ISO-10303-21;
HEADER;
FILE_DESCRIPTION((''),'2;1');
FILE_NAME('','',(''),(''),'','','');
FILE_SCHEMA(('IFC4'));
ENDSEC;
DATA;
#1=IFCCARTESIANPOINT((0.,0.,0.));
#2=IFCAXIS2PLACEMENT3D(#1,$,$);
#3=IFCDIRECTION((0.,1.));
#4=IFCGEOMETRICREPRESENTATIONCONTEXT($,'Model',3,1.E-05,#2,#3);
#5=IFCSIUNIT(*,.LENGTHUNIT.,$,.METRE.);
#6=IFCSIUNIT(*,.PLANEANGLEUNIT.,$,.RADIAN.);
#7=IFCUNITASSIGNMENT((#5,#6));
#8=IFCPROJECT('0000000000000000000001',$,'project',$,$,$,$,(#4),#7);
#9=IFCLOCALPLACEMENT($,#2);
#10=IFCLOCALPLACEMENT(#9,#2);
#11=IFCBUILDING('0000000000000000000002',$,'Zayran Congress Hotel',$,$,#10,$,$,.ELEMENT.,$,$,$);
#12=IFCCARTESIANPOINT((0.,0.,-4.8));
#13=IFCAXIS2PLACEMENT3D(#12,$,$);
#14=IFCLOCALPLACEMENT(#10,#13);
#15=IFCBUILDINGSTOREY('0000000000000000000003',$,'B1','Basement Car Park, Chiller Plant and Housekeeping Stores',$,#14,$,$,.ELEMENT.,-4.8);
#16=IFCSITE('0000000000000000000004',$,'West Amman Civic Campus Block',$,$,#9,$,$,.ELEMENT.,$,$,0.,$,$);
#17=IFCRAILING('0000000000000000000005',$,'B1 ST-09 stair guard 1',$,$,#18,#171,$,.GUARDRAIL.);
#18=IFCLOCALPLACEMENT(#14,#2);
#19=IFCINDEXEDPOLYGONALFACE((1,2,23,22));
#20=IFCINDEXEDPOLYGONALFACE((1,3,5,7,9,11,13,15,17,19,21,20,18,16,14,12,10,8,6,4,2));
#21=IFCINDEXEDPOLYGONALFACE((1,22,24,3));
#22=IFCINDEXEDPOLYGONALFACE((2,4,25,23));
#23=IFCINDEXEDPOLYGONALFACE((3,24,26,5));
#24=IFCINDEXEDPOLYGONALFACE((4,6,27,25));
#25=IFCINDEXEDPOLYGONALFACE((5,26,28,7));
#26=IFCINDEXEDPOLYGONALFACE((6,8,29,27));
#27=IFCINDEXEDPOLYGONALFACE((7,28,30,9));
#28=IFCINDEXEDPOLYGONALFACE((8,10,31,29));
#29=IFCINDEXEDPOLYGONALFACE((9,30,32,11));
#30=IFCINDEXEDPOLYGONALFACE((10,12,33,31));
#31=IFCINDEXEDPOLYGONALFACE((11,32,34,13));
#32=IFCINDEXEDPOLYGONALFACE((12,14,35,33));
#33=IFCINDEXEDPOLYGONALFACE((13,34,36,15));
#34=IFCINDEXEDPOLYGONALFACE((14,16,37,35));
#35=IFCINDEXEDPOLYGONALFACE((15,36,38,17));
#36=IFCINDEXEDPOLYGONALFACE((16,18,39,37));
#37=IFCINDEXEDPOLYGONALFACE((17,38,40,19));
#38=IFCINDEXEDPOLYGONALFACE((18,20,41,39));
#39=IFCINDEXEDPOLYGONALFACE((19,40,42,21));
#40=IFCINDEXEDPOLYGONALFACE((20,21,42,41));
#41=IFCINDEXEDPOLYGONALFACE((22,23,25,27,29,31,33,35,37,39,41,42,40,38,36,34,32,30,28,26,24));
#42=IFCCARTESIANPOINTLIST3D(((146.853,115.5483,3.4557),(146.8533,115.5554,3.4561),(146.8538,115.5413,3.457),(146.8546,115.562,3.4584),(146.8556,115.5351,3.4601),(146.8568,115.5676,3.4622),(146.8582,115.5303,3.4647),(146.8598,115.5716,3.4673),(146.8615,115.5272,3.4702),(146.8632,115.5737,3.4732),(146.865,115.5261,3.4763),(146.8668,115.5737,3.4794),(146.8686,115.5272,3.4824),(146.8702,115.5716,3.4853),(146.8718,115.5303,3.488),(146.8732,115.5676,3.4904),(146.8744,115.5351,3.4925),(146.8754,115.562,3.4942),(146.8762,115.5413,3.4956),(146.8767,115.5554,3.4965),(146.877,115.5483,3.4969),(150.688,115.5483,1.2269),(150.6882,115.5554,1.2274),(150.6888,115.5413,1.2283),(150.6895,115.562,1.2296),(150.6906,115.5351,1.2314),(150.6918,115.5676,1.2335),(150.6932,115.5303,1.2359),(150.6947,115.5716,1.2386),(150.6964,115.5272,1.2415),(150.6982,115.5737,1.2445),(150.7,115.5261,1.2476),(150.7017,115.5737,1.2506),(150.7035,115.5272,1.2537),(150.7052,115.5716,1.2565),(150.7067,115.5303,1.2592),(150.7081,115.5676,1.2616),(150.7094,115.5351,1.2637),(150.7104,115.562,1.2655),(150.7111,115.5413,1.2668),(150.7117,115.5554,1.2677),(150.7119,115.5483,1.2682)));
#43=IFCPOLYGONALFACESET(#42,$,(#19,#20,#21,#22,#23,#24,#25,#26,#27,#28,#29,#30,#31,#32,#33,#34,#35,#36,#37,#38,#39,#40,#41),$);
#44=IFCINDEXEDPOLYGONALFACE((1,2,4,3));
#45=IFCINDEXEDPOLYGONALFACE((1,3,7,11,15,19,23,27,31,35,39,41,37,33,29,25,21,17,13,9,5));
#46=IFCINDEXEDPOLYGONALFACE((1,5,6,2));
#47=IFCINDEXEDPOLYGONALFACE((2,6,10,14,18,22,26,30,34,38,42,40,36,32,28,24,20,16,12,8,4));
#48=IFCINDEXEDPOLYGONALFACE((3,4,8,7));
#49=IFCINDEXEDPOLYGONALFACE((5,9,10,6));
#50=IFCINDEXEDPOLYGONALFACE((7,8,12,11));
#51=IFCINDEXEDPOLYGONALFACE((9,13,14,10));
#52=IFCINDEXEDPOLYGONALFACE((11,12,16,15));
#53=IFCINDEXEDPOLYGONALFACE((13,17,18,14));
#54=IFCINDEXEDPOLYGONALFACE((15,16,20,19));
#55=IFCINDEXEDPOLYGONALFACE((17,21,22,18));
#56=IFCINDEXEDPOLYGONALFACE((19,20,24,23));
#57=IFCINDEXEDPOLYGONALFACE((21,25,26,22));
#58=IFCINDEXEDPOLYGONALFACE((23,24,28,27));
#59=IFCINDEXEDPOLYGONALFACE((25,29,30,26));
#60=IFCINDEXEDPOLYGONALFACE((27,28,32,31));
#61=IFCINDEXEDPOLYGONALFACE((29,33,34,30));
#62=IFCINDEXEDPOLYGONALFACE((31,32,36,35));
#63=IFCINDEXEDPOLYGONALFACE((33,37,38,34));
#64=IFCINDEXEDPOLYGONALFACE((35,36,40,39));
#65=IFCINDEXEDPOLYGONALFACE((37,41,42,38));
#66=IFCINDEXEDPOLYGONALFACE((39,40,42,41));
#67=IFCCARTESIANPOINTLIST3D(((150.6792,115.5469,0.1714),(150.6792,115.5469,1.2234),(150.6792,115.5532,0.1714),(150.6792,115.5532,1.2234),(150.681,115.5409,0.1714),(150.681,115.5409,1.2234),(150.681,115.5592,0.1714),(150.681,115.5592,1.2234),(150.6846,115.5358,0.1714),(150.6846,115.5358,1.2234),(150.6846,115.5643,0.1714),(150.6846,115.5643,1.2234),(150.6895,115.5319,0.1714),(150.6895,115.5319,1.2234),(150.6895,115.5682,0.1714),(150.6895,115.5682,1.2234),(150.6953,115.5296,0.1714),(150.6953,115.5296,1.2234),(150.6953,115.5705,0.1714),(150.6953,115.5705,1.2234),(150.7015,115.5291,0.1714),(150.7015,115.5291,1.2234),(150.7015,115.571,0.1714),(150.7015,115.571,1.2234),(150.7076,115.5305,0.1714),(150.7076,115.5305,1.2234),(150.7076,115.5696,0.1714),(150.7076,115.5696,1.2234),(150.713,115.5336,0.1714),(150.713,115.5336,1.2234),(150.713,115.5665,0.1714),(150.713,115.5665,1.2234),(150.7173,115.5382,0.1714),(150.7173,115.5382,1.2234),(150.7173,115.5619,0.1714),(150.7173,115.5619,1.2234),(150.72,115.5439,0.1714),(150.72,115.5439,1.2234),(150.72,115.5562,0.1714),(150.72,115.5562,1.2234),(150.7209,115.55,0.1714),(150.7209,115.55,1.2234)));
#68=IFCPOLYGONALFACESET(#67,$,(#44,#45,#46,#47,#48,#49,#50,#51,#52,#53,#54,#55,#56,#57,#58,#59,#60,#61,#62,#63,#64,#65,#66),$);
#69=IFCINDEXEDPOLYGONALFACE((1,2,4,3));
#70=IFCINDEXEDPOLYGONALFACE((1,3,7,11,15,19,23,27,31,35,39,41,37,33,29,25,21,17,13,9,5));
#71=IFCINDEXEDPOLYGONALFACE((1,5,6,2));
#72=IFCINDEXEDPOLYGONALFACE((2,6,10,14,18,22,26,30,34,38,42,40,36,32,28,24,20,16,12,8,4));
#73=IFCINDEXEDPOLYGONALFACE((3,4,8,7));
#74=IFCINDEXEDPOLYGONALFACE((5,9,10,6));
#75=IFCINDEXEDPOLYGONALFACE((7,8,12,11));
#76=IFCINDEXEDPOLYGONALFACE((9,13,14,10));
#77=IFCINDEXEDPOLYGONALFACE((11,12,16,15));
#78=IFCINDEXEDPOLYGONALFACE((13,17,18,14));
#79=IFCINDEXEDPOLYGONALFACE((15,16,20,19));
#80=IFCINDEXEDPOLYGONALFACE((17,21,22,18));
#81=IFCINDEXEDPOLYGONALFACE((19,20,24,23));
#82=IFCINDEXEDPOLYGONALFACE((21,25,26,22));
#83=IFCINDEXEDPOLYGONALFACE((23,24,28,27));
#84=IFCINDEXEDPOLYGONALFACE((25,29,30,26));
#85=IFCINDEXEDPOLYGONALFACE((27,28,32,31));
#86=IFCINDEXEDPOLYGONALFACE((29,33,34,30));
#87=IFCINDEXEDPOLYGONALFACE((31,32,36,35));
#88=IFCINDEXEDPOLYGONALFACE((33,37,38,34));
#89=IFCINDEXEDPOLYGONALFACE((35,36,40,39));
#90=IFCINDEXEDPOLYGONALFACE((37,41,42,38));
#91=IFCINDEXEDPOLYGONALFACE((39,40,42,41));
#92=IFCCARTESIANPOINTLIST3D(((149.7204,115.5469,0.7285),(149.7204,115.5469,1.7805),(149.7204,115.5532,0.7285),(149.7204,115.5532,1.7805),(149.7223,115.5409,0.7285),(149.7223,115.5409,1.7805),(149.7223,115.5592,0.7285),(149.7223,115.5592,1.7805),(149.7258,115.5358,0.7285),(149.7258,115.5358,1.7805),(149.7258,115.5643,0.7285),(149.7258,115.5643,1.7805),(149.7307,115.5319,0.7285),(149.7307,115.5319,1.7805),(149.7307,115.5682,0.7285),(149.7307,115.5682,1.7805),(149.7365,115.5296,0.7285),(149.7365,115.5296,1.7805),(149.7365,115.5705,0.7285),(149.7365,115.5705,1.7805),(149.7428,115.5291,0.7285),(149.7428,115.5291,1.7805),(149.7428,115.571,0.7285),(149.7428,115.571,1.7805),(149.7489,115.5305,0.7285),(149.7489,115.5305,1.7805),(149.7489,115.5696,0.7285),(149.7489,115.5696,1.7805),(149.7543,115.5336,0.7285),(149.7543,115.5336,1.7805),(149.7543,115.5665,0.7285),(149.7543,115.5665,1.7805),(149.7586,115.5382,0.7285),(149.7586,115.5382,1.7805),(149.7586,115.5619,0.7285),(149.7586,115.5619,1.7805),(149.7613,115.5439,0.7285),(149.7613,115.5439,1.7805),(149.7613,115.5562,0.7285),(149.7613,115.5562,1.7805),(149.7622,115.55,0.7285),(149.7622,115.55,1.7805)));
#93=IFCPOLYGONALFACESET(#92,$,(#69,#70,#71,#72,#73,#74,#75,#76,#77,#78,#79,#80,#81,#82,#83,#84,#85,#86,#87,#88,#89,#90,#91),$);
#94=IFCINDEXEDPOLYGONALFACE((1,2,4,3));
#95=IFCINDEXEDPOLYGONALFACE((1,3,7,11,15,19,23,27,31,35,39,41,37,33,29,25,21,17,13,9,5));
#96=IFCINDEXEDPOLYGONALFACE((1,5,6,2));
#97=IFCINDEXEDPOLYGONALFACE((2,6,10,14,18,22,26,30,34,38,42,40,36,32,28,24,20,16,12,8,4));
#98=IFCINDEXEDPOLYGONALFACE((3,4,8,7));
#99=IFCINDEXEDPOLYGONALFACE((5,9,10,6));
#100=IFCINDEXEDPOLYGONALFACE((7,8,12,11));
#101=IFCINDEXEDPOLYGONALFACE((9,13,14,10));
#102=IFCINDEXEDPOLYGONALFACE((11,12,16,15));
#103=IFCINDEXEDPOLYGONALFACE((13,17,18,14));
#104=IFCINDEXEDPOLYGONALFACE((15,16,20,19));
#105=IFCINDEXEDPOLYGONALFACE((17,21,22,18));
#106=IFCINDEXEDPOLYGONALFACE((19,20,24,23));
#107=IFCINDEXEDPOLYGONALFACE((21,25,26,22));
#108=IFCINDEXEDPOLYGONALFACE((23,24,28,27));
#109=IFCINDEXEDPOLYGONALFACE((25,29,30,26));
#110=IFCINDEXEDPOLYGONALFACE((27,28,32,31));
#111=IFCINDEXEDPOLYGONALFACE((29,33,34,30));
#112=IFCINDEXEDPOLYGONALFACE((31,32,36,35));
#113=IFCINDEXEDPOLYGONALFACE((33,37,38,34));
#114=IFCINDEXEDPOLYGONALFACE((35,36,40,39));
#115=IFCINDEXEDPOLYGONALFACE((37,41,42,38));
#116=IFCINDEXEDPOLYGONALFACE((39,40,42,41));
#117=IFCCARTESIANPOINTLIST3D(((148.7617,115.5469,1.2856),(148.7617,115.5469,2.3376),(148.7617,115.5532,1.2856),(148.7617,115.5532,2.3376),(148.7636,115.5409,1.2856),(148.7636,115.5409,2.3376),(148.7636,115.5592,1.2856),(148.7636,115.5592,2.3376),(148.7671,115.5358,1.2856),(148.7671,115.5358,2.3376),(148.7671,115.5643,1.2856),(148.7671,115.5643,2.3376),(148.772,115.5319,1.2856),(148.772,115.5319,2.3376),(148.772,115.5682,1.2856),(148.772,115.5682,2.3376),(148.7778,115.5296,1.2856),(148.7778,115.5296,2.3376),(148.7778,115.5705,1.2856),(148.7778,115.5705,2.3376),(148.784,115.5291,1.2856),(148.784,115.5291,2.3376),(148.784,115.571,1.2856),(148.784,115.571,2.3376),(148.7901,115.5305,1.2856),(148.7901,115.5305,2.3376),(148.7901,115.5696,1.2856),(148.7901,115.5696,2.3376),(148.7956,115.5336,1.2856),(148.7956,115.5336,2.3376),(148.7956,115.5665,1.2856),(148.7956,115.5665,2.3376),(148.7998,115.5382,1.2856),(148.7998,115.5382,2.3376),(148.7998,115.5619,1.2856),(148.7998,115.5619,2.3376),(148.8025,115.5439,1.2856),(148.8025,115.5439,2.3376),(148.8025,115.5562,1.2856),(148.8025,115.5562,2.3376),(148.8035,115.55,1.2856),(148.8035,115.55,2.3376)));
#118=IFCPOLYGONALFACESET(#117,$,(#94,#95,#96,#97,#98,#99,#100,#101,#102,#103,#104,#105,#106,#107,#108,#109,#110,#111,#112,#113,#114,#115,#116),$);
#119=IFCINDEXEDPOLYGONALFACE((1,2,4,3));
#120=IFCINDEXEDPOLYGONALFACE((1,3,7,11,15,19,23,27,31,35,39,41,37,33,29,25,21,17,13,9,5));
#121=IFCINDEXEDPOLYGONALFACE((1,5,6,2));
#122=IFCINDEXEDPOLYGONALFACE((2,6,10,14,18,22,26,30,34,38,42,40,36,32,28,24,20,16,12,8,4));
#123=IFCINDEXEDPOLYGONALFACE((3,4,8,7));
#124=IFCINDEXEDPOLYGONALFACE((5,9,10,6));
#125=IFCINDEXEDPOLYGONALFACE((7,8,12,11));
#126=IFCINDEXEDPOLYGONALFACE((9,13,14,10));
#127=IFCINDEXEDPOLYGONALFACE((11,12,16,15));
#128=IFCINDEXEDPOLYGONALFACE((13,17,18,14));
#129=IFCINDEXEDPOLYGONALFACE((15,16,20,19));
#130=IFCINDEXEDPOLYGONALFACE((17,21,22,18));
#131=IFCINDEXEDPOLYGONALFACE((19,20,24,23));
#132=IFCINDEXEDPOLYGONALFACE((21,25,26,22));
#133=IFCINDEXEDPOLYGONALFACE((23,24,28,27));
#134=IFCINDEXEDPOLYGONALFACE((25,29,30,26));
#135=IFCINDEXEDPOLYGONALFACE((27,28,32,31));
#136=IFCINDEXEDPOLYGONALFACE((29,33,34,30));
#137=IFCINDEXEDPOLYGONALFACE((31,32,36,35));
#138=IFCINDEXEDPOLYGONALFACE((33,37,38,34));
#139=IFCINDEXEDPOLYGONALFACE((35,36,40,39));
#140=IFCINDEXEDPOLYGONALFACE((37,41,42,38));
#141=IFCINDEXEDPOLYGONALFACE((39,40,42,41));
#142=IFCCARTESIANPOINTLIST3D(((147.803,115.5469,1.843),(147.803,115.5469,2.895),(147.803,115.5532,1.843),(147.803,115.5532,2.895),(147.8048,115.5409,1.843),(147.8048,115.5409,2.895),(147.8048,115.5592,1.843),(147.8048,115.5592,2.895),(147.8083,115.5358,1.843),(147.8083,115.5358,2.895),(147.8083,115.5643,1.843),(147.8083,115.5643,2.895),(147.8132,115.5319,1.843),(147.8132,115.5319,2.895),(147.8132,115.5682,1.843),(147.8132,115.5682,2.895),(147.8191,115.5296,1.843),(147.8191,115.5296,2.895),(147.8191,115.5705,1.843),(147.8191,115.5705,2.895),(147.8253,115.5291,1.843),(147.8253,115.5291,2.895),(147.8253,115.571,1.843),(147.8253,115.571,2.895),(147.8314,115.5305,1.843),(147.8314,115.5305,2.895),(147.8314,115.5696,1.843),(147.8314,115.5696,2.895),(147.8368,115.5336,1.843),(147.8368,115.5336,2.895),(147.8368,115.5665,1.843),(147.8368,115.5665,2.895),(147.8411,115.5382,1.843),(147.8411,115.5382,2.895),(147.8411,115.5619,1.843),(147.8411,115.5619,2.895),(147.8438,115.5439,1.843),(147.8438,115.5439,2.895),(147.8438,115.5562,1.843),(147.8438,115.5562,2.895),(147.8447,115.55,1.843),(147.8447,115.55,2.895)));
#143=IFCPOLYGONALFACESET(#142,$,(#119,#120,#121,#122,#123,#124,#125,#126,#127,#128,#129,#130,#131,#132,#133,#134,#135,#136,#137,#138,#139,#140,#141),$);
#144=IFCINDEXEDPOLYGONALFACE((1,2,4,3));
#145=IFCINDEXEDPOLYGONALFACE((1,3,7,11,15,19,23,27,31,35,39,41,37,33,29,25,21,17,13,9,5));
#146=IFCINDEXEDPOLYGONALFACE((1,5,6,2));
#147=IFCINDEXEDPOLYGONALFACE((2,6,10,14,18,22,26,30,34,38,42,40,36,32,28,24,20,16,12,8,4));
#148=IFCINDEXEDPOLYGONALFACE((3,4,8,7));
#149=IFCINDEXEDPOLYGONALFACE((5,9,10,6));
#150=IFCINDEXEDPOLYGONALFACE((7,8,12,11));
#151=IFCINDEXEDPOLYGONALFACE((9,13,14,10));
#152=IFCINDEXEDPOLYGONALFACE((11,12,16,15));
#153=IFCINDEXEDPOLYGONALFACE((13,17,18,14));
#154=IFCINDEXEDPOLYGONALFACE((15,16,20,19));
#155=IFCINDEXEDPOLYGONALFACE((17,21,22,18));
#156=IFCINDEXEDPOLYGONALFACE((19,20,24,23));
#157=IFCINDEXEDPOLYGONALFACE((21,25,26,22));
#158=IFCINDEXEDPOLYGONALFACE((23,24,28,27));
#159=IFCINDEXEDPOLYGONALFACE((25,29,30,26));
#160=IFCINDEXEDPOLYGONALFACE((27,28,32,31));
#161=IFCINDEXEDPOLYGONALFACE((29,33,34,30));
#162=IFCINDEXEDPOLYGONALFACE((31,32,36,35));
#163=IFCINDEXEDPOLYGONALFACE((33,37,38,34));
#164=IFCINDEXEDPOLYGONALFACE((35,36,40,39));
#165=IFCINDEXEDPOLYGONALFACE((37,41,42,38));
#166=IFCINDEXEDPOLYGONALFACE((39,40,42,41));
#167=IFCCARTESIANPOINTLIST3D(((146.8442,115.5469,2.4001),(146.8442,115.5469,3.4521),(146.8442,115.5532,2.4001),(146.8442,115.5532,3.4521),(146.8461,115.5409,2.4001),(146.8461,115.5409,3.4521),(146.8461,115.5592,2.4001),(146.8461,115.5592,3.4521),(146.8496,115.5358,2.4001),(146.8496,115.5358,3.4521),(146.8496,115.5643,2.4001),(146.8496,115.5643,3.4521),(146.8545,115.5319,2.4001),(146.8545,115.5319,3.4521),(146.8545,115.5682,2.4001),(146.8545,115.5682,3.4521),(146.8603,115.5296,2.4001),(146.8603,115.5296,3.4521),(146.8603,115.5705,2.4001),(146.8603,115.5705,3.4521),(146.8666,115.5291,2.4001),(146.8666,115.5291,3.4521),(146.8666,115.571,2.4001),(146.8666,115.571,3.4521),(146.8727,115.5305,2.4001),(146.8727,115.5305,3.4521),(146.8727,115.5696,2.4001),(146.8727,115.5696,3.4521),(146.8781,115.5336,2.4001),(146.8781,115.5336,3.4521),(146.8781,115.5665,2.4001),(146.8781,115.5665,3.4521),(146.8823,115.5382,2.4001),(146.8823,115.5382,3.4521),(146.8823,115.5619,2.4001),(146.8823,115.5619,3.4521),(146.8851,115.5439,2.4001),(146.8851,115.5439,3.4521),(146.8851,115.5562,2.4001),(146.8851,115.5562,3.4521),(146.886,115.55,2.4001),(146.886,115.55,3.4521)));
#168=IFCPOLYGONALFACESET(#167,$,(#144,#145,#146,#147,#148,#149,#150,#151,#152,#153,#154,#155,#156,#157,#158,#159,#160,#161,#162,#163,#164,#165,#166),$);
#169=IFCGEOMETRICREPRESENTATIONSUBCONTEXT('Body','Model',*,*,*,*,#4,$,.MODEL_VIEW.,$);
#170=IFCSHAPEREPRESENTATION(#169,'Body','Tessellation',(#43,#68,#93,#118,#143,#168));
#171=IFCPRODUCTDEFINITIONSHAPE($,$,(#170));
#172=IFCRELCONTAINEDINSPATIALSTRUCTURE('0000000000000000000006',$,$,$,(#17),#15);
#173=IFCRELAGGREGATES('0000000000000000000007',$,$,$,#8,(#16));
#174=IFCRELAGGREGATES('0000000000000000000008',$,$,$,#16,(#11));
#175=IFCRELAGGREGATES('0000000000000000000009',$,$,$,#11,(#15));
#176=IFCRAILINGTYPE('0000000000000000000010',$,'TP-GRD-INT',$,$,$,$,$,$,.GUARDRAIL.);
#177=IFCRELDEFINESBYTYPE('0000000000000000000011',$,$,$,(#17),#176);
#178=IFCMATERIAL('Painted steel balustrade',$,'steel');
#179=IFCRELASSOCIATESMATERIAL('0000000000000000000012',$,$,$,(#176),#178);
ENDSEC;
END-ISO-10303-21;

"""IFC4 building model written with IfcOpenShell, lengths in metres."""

from ifc_helpers import new_model, si_unit, direction, frame, origin, origin_2d, place, context, subcontext, project, spatial, circle, extrude, material, type_object, element, save


model = new_model("IFC4")

# Units and contexts
model_context = context("Model", 3, precision=1e-05, world=origin(), true_north=direction((0.0, 1.0)))
body_context = subcontext(model_context, "Body", "Model", "MODEL_VIEW")
ifc_project = project(units=[si_unit("LENGTHUNIT", "METRE"), si_unit("PLANEANGLEUNIT", "RADIAN")], contexts=[model_context])

# Site, building, storey
site_placement = place(None, origin())
site = spatial("IfcSite", under=ifc_project, at=site_placement, Name="West Amman Civic Campus Block", CompositionType="ELEMENT", RefElevation=0.0)
building_placement = place(site_placement, origin())
building = spatial("IfcBuilding", under=site, at=building_placement, Name="Zayran Congress Hotel", CompositionType="ELEMENT")
storey_placement = place(building_placement, frame((0.0, 0.0, -4.8)))
storey = spatial("IfcBuildingStorey", under=building, at=storey_placement, Name="B1", Description="Basement Car Park, Chiller Plant and Housekeeping Stores", CompositionType="ELEMENT", Elevation=-4.8)

# Railing
ifc_material_1 = material(Name="Painted steel balustrade", Category="steel")
railing_type_1 = type_object("IfcRailingType", Name="TP-GRD-INT", PredefinedType="GUARDRAIL", material=ifc_material_1)
railing_1_placement = place(storey_placement, frame((150.7, 115.55, 0.1714)))
element("IfcRailing", 1, at=railing_1_placement, inside=storey, type_object=railing_type_1, Name="B1 ST-09 stair guard 1", PredefinedType="GUARDRAIL", context=body_context, shape_type="SweptSolid", body=[
    extrude(circle(Radius=0.0239, at=origin_2d()), frame((0.0, 0.0, 1.0762), z_axis=(-0.864592, 0.0, 0.502474), x_axis=(0.0, -1.0, 0.0)), (0.0, 0.0, 1.0), 4.4355),
    extrude(circle(Radius=0.021, at=origin_2d()), origin(), (0.0, 0.0, 1.0), 1.052),
    extrude(circle(Radius=0.021, at=origin_2d()), frame((-0.9587, 0.0, 0.5571)), (0.0, 0.0, 1.0), 1.052),
    extrude(circle(Radius=0.021, at=origin_2d()), frame((-1.9175, 0.0, 1.1143)), (0.0, 0.0, 1.0), 1.052),
    extrude(circle(Radius=0.021, at=origin_2d()), frame((-2.8762, 0.0, 1.6716)), (0.0, 0.0, 1.0), 1.052),
    extrude(circle(Radius=0.021, at=origin_2d()), frame((-3.835, 0.0, 2.2288)), (0.0, 0.0, 1.0), 1.052),
])

save(model, "model.ifc")
